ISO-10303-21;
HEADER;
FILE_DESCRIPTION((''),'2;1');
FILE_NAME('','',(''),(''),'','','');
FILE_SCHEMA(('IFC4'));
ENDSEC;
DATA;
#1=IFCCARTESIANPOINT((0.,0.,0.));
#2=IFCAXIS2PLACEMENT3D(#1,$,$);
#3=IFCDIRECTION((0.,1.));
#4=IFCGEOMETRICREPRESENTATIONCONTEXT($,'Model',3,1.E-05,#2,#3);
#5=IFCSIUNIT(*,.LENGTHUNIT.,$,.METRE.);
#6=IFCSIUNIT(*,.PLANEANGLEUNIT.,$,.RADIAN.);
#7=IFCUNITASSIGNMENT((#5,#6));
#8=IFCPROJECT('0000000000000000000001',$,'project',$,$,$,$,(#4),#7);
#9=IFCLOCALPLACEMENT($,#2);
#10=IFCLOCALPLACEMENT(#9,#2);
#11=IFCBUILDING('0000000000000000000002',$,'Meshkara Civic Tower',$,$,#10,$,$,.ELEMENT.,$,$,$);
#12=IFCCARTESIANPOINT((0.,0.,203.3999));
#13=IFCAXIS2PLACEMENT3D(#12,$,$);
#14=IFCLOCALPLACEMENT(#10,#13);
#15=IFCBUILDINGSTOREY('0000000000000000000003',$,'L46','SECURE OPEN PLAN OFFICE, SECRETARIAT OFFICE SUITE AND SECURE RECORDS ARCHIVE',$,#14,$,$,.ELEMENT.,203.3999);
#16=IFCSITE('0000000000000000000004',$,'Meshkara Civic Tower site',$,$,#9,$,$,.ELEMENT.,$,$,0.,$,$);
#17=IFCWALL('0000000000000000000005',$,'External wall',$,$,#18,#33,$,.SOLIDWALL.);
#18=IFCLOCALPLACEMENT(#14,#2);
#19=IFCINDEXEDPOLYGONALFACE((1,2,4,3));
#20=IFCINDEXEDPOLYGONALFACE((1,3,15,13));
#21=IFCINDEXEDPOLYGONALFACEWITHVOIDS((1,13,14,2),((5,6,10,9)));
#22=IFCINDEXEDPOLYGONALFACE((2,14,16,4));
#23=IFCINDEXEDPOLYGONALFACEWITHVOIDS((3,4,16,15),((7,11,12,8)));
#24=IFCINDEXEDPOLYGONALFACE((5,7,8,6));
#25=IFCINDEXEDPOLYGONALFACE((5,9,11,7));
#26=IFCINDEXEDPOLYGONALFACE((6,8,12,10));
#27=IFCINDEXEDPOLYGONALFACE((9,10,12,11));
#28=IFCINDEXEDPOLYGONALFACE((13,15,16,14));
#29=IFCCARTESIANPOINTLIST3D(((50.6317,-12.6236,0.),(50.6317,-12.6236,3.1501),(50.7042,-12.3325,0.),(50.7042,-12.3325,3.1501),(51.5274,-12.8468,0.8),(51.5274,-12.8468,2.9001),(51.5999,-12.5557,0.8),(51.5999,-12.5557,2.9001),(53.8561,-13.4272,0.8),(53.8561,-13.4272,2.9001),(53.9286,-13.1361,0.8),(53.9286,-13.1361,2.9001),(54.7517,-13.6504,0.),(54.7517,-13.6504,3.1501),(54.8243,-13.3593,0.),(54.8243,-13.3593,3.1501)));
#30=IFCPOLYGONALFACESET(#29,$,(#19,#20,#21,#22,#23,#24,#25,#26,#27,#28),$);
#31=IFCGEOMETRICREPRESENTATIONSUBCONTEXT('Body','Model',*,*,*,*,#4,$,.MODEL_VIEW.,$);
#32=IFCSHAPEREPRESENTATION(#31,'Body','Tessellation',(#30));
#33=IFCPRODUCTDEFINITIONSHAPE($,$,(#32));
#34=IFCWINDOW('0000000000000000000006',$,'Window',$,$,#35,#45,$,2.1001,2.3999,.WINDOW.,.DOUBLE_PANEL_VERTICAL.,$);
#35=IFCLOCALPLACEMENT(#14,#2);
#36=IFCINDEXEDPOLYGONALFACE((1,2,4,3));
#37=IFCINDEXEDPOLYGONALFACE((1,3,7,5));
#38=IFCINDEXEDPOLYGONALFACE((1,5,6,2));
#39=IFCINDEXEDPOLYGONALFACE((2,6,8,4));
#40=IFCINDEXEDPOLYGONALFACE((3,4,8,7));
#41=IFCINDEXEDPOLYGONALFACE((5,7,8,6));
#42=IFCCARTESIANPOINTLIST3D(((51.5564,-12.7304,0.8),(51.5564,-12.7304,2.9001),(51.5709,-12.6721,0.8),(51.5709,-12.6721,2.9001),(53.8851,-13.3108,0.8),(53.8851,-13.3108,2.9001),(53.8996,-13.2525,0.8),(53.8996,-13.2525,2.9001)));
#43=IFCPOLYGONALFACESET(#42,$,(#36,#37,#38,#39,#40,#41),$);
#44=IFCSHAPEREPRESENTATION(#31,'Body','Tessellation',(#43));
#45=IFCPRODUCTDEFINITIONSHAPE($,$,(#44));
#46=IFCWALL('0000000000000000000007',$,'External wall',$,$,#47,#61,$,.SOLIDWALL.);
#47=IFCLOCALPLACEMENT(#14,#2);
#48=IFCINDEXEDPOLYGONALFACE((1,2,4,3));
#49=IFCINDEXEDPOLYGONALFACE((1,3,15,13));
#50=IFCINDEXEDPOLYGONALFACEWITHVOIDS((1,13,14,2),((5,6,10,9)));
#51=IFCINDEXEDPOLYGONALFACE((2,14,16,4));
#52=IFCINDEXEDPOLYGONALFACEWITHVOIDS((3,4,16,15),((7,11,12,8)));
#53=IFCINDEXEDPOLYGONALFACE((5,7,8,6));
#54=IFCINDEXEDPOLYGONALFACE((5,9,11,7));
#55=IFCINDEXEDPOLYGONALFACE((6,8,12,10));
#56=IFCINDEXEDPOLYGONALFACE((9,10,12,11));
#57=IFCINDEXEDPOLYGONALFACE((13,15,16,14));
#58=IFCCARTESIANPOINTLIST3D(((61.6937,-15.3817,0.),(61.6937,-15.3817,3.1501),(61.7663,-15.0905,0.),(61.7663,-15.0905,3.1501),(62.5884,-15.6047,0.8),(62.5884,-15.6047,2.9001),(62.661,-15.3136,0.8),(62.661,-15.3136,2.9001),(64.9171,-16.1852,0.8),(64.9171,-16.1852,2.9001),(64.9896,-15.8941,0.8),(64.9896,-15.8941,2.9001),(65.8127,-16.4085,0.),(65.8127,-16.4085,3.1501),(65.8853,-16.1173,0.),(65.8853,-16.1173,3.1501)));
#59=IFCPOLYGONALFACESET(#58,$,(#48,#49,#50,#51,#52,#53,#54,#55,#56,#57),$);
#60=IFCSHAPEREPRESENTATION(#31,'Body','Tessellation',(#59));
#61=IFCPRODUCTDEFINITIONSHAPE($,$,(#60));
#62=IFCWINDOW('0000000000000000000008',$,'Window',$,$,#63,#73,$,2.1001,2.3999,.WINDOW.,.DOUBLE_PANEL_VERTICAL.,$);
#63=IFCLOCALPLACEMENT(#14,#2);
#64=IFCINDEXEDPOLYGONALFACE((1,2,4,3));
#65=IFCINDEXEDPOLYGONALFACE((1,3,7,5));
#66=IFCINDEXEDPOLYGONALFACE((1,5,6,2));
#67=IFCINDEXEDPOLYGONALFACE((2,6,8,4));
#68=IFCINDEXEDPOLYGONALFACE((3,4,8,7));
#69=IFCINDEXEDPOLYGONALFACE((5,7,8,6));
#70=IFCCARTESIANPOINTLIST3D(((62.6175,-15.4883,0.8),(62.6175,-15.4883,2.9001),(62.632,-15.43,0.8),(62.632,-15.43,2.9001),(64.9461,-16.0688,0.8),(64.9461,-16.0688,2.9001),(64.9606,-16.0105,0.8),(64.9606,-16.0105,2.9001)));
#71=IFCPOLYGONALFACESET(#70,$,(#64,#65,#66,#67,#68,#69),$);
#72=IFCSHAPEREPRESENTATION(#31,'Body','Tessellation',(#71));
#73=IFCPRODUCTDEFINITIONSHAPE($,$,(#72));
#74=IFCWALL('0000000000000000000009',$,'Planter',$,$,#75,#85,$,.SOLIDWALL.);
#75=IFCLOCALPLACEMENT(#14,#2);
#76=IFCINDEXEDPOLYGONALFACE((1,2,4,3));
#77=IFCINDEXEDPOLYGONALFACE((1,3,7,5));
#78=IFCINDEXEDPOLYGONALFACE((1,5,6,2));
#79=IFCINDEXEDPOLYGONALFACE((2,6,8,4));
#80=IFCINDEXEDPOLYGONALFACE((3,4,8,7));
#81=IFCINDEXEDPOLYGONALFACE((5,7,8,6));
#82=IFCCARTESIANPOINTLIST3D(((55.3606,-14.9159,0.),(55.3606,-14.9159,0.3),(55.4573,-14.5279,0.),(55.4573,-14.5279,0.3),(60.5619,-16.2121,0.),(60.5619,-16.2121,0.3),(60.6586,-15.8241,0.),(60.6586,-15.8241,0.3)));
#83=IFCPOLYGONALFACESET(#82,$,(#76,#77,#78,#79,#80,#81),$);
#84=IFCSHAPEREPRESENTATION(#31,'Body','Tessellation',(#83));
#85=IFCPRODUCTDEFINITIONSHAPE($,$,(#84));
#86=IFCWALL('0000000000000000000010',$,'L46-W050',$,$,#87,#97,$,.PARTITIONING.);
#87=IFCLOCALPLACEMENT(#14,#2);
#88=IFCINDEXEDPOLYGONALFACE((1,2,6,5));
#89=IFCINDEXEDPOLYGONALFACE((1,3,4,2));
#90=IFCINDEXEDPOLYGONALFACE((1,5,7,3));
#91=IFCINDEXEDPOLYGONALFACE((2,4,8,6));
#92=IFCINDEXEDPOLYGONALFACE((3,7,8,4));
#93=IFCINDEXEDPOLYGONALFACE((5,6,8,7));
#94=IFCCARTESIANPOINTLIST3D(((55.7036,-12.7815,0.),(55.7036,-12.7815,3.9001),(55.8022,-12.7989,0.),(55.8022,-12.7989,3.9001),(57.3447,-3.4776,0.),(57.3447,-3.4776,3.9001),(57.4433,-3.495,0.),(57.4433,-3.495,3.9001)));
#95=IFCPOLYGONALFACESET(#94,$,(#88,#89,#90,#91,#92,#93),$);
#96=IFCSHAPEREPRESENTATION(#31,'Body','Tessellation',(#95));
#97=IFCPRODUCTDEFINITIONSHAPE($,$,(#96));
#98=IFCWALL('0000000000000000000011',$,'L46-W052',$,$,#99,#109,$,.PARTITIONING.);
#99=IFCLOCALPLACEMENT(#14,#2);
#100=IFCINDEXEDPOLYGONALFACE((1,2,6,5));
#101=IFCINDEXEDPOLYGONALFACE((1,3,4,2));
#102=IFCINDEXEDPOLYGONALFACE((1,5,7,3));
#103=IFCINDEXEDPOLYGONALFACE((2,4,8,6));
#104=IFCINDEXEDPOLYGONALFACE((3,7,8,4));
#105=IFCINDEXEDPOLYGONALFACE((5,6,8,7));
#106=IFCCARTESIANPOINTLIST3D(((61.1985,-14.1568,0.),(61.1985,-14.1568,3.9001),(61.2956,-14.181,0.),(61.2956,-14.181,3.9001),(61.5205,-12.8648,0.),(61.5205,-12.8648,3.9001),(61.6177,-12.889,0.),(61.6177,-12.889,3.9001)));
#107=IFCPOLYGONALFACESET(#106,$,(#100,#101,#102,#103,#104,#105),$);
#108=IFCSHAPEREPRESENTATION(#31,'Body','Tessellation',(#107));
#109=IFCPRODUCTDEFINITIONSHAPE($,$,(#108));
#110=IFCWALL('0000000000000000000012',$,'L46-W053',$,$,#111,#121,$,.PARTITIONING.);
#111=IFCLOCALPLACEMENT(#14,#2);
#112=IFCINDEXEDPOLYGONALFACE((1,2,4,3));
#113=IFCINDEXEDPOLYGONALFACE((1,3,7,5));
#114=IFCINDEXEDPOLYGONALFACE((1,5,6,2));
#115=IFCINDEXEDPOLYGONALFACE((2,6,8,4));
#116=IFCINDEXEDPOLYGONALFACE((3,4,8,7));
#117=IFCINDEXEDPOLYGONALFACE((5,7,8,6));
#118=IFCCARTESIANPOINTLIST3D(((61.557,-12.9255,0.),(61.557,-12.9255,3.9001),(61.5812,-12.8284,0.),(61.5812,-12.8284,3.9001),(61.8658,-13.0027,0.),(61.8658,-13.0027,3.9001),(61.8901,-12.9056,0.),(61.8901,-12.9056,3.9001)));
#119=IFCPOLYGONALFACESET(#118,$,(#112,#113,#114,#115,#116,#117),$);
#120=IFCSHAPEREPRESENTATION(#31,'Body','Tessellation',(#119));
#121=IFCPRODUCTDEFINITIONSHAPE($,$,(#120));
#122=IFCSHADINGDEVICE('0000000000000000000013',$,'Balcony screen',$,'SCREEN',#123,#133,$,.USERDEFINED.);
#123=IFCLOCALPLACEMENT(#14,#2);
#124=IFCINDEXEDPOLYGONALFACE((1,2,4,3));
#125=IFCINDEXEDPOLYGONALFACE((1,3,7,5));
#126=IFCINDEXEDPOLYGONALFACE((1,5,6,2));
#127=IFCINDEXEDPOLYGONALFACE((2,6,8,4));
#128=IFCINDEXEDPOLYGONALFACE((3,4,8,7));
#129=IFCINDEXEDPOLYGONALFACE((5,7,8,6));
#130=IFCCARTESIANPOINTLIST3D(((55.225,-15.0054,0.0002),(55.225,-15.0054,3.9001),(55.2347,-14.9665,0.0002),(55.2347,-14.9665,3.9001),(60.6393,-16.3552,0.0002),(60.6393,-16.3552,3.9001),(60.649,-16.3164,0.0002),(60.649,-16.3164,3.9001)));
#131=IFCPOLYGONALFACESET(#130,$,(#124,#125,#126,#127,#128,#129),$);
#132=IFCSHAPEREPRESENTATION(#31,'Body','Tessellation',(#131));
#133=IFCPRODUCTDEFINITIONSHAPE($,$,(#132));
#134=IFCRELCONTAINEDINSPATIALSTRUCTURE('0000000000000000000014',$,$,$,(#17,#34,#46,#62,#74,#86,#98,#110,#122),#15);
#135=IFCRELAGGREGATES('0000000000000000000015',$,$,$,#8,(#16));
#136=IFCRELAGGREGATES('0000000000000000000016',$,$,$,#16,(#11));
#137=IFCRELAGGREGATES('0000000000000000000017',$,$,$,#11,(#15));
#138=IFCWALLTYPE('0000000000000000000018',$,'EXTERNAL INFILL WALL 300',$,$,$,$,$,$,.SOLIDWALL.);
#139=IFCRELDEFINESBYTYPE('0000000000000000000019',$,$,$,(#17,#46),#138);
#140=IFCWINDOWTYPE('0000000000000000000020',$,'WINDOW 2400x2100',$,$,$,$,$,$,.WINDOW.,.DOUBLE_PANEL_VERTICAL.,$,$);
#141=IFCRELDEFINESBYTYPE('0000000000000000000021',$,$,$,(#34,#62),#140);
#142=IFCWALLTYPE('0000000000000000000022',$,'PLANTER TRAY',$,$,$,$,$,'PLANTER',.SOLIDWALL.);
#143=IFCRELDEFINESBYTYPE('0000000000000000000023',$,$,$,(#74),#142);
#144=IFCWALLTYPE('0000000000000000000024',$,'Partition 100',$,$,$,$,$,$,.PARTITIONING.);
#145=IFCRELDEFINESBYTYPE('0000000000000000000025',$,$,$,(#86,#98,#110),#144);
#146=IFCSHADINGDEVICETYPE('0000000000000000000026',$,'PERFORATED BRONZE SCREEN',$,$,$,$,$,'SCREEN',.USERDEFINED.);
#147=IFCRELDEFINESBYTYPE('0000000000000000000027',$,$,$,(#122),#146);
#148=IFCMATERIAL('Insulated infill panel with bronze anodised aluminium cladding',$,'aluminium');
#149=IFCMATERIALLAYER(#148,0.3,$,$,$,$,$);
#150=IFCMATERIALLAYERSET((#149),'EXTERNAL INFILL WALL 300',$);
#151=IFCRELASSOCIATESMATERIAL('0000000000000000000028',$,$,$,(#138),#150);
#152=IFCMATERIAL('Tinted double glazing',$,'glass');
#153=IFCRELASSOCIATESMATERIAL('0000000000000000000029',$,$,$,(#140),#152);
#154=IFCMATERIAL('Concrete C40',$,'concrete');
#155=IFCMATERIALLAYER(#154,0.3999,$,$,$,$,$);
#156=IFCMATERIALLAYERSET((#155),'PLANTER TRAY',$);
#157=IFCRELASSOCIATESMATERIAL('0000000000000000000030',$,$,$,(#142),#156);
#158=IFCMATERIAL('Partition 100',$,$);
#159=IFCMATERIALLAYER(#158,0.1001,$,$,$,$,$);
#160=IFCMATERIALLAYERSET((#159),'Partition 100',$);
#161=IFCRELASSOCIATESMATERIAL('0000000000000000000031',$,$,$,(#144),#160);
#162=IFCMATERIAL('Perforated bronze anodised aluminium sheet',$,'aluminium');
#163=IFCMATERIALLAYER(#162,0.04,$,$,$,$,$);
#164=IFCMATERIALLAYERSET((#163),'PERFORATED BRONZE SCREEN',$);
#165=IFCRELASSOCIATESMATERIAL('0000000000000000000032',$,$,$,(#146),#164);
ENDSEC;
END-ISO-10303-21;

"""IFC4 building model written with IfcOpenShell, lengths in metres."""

from ifc_helpers import new_model, si_unit, direction, frame, frame_2d, origin, origin_2d, place, context, subcontext, project, spatial, rectangle, extrude, material, layer, layer_set, type_object, element, fill, save


model = new_model("IFC4")

# Units and contexts
model_context = context("Model", 3, precision=1e-05, world=origin(), true_north=direction((0.0, 1.0)))
body_context = subcontext(model_context, "Body", "Model", "MODEL_VIEW")
ifc_project = project(units=[si_unit("LENGTHUNIT", "METRE"), si_unit("PLANEANGLEUNIT", "RADIAN")], contexts=[model_context])

# Site, building, storey
site_placement = place(None, origin())
site = spatial("IfcSite", under=ifc_project, at=site_placement, Name="Meshkara Civic Tower site", CompositionType="ELEMENT", RefElevation=0.0)
building_placement = place(site_placement, origin())
building = spatial("IfcBuilding", under=site, at=building_placement, Name="Meshkara Civic Tower", CompositionType="ELEMENT")
storey_placement = place(building_placement, frame((0.0, 0.0, 203.3999)))
storey = spatial("IfcBuildingStorey", under=building, at=storey_placement, Name="L46", Description="SECURE OPEN PLAN OFFICE, SECRETARIAT OFFICE SUITE AND SECURE RECORDS ARCHIVE", CompositionType="ELEMENT", Elevation=203.3999)

# Walls, openings, windows
ifc_material_1 = material(Name="Insulated infill panel with bronze anodised aluminium cladding", Category="aluminium")
ifc_layer_1 = layer(ifc_material_1, 0.3)
ifc_layer_set_1 = layer_set([ifc_layer_1], Name="EXTERNAL INFILL WALL 300")
wall_type_1 = type_object("IfcWallType", Name="EXTERNAL INFILL WALL 300", PredefinedType="SOLIDWALL", material=ifc_layer_set_1)
ifc_material_2 = material(Name="Tinted double glazing", Category="glass")
window_type = type_object("IfcWindowType", Name="WINDOW 2400x2100", PartitioningType="DOUBLE_PANEL_VERTICAL", PredefinedType="WINDOW", material=ifc_material_2)
wall_1_placement = place(storey_placement, frame((50.668, -12.478, 0.0), z_axis=(0.0, 0.0, 1.0), x_axis=(0.970318, -0.241832, 0.0)))
wall_1 = element("IfcWall", 1, at=wall_1_placement, inside=storey, type_object=wall_type_1, Name="External wall", PredefinedType="SOLIDWALL", context=body_context, shape_type="SweptSolid", body=[
    extrude(rectangle(XDim=4.2461, YDim=0.3, at=frame_2d((2.123, 0.0))), origin(), (0.0, 0.0, 1.0), 3.1501),
])
opening_1_placement = place(wall_1_placement, frame((0.9231, 0.0, 0.8)))
opening_1 = element("IfcOpeningElement", 2, at=opening_1_placement, cuts=wall_1, PredefinedType="OPENING", context=body_context, shape_type="SweptSolid", body=[
    extrude(rectangle(XDim=2.3999, YDim=2.1001, at=frame_2d((1.2, 1.05))), frame((0.0, 0.1599, 0.0), z_axis=(0.0, -1.0, 0.0), x_axis=(1.0, 0.0, 0.0)), (0.0, 0.0, 1.0), 0.3201),
])
window_1_placement = place(opening_1_placement, origin())
window_1 = element("IfcWindow", 3, at=window_1_placement, inside=storey, type_object=window_type, Name="Window", OverallHeight=2.1001, OverallWidth=2.3999, PartitioningType="DOUBLE_PANEL_VERTICAL", PredefinedType="WINDOW", context=body_context, shape_type="SweptSolid", body=[
    extrude(rectangle(XDim=2.3999, YDim=2.1001, at=frame_2d((1.2, 1.05))), frame((0.0, 0.03, 0.0), z_axis=(0.0, -1.0, 0.0), x_axis=(1.0, 0.0, 0.0)), (0.0, 0.0, 1.0), 0.0601),
])
fill(opening_1, window_1)
wall_2_placement = place(storey_placement, frame((61.73, -15.2361, 0.0), z_axis=(0.0, 0.0, 1.0), x_axis=(0.970305, -0.241886, 0.0)))
wall_2 = element("IfcWall", 4, at=wall_2_placement, inside=storey, type_object=wall_type_1, Name="External wall", PredefinedType="SOLIDWALL", context=body_context, shape_type="SweptSolid", body=[
    extrude(rectangle(XDim=4.2451, YDim=0.3, at=frame_2d((2.1226, 0.0))), origin(), (0.0, 0.0, 1.0), 3.1501),
])
opening_2_placement = place(wall_2_placement, frame((0.9221, 0.0, 0.8)))
opening_2 = element("IfcOpeningElement", 5, at=opening_2_placement, cuts=wall_2, PredefinedType="OPENING", context=body_context, shape_type="SweptSolid", body=[
    extrude(rectangle(XDim=2.3999, YDim=2.1001, at=frame_2d((1.2, 1.05))), frame((0.0, 0.1599, 0.0), z_axis=(0.0, -1.0, 0.0), x_axis=(1.0, 0.0, 0.0)), (0.0, 0.0, 1.0), 0.3201),
])
window_2_placement = place(opening_2_placement, origin())
window_2 = element("IfcWindow", 6, at=window_2_placement, inside=storey, type_object=window_type, Name="Window", OverallHeight=2.1001, OverallWidth=2.3999, PartitioningType="DOUBLE_PANEL_VERTICAL", PredefinedType="WINDOW", context=body_context, shape_type="SweptSolid", body=[
    extrude(rectangle(XDim=2.3999, YDim=2.1001, at=frame_2d((1.2, 1.05))), frame((0.0, 0.03, 0.0), z_axis=(0.0, -1.0, 0.0), x_axis=(1.0, 0.0, 0.0)), (0.0, 0.0, 1.0), 0.0601),
])
fill(opening_2, window_2)

# Walls
ifc_material_3 = material(Name="Concrete C40", Category="concrete")
ifc_layer_2 = layer(ifc_material_3, 0.3999)
ifc_layer_set_2 = layer_set([ifc_layer_2], Name="PLANTER TRAY")
wall_type_2 = type_object("IfcWallType", Name="PLANTER TRAY", ElementType="PLANTER", PredefinedType="SOLIDWALL", material=ifc_layer_set_2)
wall_3_placement = place(storey_placement, frame((55.4089, -14.7219, 0.0), z_axis=(0.0, 0.0, 1.0), x_axis=(0.970324, -0.241807, 0.0)))
element("IfcWall", 7, at=wall_3_placement, inside=storey, type_object=wall_type_2, Name="Planter", PredefinedType="SOLIDWALL", context=body_context, shape_type="SweptSolid", body=[
    extrude(rectangle(XDim=5.3604, YDim=0.3999, at=frame_2d((2.6802, 0.0))), origin(), (0.0, 0.0, 1.0), 0.3),
])
ifc_material_4 = material(Name="Partition 100")
ifc_layer_3 = layer(ifc_material_4, 0.1001)
ifc_layer_set_3 = layer_set([ifc_layer_3], Name="Partition 100")
wall_type_3 = type_object("IfcWallType", Name="Partition 100", PredefinedType="PARTITIONING", material=ifc_layer_set_3)
wall_4_placement = place(storey_placement, frame((55.7529, -12.79, 0.0), z_axis=(0.0, 0.0, 1.0), x_axis=(0.173707, 0.984797, 0.0)))
element("IfcWall", 8, at=wall_4_placement, inside=storey, type_object=wall_type_3, Name="L46-W050", PredefinedType="PARTITIONING", context=body_context, shape_type="SweptSolid", body=[
    extrude(rectangle(XDim=9.4475, YDim=0.1001, at=frame_2d((4.7236, 0.0))), origin(), (0.0, 0.0, 1.0), 3.9001),
])
wall_5_placement = place(storey_placement, frame((61.2471, -14.1689, 0.0), z_axis=(0.0, 0.0, 1.0), x_axis=(0.241845, 0.970315, 0.0)))
element("IfcWall", 9, at=wall_5_placement, inside=storey, type_object=wall_type_3, Name="L46-W052", PredefinedType="PARTITIONING", context=body_context, shape_type="SweptSolid", body=[
    extrude(rectangle(XDim=1.3315, YDim=0.1001, at=frame_2d((0.6658, 0.0))), origin(), (0.0, 0.0, 1.0), 3.9001),
])
wall_6_placement = place(storey_placement, frame((61.5691, -12.877, 0.0), z_axis=(0.0, 0.0, 1.0), x_axis=(0.970188, -0.242355, 0.0)))
element("IfcWall", 10, at=wall_6_placement, inside=storey, type_object=wall_type_3, Name="L46-W053", PredefinedType="PARTITIONING", context=body_context, shape_type="SweptSolid", body=[
    extrude(rectangle(XDim=0.3184, YDim=0.1001, at=frame_2d((0.1592, 0.0))), origin(), (0.0, 0.0, 1.0), 3.9001),
])

# Shading device
ifc_material_5 = material(Name="Perforated bronze anodised aluminium sheet", Category="aluminium")
ifc_layer_4 = layer(ifc_material_5, 0.04)
ifc_layer_set_4 = layer_set([ifc_layer_4], Name="PERFORATED BRONZE SCREEN")
shading_device_type = type_object("IfcShadingDeviceType", Name="PERFORATED BRONZE SCREEN", ElementType="SCREEN", PredefinedType="USERDEFINED", material=ifc_layer_set_4)
shading_device_placement = place(storey_placement, frame((57.937, -15.6609, 0.0002), z_axis=(0.0, 0.0, 1.0), x_axis=(0.9703, -0.241905, 0.0)))
element("IfcShadingDevice", 11, at=shading_device_placement, inside=storey, type_object=shading_device_type, Name="Balcony screen", ObjectType="SCREEN", PredefinedType="USERDEFINED", context=body_context, shape_type="SweptSolid", body=[
    extrude(rectangle(XDim=5.5801, YDim=0.04, at=origin_2d()), origin(), (0.0, 0.0, 1.0), 3.8999),
])

save(model, "model.ifc")
